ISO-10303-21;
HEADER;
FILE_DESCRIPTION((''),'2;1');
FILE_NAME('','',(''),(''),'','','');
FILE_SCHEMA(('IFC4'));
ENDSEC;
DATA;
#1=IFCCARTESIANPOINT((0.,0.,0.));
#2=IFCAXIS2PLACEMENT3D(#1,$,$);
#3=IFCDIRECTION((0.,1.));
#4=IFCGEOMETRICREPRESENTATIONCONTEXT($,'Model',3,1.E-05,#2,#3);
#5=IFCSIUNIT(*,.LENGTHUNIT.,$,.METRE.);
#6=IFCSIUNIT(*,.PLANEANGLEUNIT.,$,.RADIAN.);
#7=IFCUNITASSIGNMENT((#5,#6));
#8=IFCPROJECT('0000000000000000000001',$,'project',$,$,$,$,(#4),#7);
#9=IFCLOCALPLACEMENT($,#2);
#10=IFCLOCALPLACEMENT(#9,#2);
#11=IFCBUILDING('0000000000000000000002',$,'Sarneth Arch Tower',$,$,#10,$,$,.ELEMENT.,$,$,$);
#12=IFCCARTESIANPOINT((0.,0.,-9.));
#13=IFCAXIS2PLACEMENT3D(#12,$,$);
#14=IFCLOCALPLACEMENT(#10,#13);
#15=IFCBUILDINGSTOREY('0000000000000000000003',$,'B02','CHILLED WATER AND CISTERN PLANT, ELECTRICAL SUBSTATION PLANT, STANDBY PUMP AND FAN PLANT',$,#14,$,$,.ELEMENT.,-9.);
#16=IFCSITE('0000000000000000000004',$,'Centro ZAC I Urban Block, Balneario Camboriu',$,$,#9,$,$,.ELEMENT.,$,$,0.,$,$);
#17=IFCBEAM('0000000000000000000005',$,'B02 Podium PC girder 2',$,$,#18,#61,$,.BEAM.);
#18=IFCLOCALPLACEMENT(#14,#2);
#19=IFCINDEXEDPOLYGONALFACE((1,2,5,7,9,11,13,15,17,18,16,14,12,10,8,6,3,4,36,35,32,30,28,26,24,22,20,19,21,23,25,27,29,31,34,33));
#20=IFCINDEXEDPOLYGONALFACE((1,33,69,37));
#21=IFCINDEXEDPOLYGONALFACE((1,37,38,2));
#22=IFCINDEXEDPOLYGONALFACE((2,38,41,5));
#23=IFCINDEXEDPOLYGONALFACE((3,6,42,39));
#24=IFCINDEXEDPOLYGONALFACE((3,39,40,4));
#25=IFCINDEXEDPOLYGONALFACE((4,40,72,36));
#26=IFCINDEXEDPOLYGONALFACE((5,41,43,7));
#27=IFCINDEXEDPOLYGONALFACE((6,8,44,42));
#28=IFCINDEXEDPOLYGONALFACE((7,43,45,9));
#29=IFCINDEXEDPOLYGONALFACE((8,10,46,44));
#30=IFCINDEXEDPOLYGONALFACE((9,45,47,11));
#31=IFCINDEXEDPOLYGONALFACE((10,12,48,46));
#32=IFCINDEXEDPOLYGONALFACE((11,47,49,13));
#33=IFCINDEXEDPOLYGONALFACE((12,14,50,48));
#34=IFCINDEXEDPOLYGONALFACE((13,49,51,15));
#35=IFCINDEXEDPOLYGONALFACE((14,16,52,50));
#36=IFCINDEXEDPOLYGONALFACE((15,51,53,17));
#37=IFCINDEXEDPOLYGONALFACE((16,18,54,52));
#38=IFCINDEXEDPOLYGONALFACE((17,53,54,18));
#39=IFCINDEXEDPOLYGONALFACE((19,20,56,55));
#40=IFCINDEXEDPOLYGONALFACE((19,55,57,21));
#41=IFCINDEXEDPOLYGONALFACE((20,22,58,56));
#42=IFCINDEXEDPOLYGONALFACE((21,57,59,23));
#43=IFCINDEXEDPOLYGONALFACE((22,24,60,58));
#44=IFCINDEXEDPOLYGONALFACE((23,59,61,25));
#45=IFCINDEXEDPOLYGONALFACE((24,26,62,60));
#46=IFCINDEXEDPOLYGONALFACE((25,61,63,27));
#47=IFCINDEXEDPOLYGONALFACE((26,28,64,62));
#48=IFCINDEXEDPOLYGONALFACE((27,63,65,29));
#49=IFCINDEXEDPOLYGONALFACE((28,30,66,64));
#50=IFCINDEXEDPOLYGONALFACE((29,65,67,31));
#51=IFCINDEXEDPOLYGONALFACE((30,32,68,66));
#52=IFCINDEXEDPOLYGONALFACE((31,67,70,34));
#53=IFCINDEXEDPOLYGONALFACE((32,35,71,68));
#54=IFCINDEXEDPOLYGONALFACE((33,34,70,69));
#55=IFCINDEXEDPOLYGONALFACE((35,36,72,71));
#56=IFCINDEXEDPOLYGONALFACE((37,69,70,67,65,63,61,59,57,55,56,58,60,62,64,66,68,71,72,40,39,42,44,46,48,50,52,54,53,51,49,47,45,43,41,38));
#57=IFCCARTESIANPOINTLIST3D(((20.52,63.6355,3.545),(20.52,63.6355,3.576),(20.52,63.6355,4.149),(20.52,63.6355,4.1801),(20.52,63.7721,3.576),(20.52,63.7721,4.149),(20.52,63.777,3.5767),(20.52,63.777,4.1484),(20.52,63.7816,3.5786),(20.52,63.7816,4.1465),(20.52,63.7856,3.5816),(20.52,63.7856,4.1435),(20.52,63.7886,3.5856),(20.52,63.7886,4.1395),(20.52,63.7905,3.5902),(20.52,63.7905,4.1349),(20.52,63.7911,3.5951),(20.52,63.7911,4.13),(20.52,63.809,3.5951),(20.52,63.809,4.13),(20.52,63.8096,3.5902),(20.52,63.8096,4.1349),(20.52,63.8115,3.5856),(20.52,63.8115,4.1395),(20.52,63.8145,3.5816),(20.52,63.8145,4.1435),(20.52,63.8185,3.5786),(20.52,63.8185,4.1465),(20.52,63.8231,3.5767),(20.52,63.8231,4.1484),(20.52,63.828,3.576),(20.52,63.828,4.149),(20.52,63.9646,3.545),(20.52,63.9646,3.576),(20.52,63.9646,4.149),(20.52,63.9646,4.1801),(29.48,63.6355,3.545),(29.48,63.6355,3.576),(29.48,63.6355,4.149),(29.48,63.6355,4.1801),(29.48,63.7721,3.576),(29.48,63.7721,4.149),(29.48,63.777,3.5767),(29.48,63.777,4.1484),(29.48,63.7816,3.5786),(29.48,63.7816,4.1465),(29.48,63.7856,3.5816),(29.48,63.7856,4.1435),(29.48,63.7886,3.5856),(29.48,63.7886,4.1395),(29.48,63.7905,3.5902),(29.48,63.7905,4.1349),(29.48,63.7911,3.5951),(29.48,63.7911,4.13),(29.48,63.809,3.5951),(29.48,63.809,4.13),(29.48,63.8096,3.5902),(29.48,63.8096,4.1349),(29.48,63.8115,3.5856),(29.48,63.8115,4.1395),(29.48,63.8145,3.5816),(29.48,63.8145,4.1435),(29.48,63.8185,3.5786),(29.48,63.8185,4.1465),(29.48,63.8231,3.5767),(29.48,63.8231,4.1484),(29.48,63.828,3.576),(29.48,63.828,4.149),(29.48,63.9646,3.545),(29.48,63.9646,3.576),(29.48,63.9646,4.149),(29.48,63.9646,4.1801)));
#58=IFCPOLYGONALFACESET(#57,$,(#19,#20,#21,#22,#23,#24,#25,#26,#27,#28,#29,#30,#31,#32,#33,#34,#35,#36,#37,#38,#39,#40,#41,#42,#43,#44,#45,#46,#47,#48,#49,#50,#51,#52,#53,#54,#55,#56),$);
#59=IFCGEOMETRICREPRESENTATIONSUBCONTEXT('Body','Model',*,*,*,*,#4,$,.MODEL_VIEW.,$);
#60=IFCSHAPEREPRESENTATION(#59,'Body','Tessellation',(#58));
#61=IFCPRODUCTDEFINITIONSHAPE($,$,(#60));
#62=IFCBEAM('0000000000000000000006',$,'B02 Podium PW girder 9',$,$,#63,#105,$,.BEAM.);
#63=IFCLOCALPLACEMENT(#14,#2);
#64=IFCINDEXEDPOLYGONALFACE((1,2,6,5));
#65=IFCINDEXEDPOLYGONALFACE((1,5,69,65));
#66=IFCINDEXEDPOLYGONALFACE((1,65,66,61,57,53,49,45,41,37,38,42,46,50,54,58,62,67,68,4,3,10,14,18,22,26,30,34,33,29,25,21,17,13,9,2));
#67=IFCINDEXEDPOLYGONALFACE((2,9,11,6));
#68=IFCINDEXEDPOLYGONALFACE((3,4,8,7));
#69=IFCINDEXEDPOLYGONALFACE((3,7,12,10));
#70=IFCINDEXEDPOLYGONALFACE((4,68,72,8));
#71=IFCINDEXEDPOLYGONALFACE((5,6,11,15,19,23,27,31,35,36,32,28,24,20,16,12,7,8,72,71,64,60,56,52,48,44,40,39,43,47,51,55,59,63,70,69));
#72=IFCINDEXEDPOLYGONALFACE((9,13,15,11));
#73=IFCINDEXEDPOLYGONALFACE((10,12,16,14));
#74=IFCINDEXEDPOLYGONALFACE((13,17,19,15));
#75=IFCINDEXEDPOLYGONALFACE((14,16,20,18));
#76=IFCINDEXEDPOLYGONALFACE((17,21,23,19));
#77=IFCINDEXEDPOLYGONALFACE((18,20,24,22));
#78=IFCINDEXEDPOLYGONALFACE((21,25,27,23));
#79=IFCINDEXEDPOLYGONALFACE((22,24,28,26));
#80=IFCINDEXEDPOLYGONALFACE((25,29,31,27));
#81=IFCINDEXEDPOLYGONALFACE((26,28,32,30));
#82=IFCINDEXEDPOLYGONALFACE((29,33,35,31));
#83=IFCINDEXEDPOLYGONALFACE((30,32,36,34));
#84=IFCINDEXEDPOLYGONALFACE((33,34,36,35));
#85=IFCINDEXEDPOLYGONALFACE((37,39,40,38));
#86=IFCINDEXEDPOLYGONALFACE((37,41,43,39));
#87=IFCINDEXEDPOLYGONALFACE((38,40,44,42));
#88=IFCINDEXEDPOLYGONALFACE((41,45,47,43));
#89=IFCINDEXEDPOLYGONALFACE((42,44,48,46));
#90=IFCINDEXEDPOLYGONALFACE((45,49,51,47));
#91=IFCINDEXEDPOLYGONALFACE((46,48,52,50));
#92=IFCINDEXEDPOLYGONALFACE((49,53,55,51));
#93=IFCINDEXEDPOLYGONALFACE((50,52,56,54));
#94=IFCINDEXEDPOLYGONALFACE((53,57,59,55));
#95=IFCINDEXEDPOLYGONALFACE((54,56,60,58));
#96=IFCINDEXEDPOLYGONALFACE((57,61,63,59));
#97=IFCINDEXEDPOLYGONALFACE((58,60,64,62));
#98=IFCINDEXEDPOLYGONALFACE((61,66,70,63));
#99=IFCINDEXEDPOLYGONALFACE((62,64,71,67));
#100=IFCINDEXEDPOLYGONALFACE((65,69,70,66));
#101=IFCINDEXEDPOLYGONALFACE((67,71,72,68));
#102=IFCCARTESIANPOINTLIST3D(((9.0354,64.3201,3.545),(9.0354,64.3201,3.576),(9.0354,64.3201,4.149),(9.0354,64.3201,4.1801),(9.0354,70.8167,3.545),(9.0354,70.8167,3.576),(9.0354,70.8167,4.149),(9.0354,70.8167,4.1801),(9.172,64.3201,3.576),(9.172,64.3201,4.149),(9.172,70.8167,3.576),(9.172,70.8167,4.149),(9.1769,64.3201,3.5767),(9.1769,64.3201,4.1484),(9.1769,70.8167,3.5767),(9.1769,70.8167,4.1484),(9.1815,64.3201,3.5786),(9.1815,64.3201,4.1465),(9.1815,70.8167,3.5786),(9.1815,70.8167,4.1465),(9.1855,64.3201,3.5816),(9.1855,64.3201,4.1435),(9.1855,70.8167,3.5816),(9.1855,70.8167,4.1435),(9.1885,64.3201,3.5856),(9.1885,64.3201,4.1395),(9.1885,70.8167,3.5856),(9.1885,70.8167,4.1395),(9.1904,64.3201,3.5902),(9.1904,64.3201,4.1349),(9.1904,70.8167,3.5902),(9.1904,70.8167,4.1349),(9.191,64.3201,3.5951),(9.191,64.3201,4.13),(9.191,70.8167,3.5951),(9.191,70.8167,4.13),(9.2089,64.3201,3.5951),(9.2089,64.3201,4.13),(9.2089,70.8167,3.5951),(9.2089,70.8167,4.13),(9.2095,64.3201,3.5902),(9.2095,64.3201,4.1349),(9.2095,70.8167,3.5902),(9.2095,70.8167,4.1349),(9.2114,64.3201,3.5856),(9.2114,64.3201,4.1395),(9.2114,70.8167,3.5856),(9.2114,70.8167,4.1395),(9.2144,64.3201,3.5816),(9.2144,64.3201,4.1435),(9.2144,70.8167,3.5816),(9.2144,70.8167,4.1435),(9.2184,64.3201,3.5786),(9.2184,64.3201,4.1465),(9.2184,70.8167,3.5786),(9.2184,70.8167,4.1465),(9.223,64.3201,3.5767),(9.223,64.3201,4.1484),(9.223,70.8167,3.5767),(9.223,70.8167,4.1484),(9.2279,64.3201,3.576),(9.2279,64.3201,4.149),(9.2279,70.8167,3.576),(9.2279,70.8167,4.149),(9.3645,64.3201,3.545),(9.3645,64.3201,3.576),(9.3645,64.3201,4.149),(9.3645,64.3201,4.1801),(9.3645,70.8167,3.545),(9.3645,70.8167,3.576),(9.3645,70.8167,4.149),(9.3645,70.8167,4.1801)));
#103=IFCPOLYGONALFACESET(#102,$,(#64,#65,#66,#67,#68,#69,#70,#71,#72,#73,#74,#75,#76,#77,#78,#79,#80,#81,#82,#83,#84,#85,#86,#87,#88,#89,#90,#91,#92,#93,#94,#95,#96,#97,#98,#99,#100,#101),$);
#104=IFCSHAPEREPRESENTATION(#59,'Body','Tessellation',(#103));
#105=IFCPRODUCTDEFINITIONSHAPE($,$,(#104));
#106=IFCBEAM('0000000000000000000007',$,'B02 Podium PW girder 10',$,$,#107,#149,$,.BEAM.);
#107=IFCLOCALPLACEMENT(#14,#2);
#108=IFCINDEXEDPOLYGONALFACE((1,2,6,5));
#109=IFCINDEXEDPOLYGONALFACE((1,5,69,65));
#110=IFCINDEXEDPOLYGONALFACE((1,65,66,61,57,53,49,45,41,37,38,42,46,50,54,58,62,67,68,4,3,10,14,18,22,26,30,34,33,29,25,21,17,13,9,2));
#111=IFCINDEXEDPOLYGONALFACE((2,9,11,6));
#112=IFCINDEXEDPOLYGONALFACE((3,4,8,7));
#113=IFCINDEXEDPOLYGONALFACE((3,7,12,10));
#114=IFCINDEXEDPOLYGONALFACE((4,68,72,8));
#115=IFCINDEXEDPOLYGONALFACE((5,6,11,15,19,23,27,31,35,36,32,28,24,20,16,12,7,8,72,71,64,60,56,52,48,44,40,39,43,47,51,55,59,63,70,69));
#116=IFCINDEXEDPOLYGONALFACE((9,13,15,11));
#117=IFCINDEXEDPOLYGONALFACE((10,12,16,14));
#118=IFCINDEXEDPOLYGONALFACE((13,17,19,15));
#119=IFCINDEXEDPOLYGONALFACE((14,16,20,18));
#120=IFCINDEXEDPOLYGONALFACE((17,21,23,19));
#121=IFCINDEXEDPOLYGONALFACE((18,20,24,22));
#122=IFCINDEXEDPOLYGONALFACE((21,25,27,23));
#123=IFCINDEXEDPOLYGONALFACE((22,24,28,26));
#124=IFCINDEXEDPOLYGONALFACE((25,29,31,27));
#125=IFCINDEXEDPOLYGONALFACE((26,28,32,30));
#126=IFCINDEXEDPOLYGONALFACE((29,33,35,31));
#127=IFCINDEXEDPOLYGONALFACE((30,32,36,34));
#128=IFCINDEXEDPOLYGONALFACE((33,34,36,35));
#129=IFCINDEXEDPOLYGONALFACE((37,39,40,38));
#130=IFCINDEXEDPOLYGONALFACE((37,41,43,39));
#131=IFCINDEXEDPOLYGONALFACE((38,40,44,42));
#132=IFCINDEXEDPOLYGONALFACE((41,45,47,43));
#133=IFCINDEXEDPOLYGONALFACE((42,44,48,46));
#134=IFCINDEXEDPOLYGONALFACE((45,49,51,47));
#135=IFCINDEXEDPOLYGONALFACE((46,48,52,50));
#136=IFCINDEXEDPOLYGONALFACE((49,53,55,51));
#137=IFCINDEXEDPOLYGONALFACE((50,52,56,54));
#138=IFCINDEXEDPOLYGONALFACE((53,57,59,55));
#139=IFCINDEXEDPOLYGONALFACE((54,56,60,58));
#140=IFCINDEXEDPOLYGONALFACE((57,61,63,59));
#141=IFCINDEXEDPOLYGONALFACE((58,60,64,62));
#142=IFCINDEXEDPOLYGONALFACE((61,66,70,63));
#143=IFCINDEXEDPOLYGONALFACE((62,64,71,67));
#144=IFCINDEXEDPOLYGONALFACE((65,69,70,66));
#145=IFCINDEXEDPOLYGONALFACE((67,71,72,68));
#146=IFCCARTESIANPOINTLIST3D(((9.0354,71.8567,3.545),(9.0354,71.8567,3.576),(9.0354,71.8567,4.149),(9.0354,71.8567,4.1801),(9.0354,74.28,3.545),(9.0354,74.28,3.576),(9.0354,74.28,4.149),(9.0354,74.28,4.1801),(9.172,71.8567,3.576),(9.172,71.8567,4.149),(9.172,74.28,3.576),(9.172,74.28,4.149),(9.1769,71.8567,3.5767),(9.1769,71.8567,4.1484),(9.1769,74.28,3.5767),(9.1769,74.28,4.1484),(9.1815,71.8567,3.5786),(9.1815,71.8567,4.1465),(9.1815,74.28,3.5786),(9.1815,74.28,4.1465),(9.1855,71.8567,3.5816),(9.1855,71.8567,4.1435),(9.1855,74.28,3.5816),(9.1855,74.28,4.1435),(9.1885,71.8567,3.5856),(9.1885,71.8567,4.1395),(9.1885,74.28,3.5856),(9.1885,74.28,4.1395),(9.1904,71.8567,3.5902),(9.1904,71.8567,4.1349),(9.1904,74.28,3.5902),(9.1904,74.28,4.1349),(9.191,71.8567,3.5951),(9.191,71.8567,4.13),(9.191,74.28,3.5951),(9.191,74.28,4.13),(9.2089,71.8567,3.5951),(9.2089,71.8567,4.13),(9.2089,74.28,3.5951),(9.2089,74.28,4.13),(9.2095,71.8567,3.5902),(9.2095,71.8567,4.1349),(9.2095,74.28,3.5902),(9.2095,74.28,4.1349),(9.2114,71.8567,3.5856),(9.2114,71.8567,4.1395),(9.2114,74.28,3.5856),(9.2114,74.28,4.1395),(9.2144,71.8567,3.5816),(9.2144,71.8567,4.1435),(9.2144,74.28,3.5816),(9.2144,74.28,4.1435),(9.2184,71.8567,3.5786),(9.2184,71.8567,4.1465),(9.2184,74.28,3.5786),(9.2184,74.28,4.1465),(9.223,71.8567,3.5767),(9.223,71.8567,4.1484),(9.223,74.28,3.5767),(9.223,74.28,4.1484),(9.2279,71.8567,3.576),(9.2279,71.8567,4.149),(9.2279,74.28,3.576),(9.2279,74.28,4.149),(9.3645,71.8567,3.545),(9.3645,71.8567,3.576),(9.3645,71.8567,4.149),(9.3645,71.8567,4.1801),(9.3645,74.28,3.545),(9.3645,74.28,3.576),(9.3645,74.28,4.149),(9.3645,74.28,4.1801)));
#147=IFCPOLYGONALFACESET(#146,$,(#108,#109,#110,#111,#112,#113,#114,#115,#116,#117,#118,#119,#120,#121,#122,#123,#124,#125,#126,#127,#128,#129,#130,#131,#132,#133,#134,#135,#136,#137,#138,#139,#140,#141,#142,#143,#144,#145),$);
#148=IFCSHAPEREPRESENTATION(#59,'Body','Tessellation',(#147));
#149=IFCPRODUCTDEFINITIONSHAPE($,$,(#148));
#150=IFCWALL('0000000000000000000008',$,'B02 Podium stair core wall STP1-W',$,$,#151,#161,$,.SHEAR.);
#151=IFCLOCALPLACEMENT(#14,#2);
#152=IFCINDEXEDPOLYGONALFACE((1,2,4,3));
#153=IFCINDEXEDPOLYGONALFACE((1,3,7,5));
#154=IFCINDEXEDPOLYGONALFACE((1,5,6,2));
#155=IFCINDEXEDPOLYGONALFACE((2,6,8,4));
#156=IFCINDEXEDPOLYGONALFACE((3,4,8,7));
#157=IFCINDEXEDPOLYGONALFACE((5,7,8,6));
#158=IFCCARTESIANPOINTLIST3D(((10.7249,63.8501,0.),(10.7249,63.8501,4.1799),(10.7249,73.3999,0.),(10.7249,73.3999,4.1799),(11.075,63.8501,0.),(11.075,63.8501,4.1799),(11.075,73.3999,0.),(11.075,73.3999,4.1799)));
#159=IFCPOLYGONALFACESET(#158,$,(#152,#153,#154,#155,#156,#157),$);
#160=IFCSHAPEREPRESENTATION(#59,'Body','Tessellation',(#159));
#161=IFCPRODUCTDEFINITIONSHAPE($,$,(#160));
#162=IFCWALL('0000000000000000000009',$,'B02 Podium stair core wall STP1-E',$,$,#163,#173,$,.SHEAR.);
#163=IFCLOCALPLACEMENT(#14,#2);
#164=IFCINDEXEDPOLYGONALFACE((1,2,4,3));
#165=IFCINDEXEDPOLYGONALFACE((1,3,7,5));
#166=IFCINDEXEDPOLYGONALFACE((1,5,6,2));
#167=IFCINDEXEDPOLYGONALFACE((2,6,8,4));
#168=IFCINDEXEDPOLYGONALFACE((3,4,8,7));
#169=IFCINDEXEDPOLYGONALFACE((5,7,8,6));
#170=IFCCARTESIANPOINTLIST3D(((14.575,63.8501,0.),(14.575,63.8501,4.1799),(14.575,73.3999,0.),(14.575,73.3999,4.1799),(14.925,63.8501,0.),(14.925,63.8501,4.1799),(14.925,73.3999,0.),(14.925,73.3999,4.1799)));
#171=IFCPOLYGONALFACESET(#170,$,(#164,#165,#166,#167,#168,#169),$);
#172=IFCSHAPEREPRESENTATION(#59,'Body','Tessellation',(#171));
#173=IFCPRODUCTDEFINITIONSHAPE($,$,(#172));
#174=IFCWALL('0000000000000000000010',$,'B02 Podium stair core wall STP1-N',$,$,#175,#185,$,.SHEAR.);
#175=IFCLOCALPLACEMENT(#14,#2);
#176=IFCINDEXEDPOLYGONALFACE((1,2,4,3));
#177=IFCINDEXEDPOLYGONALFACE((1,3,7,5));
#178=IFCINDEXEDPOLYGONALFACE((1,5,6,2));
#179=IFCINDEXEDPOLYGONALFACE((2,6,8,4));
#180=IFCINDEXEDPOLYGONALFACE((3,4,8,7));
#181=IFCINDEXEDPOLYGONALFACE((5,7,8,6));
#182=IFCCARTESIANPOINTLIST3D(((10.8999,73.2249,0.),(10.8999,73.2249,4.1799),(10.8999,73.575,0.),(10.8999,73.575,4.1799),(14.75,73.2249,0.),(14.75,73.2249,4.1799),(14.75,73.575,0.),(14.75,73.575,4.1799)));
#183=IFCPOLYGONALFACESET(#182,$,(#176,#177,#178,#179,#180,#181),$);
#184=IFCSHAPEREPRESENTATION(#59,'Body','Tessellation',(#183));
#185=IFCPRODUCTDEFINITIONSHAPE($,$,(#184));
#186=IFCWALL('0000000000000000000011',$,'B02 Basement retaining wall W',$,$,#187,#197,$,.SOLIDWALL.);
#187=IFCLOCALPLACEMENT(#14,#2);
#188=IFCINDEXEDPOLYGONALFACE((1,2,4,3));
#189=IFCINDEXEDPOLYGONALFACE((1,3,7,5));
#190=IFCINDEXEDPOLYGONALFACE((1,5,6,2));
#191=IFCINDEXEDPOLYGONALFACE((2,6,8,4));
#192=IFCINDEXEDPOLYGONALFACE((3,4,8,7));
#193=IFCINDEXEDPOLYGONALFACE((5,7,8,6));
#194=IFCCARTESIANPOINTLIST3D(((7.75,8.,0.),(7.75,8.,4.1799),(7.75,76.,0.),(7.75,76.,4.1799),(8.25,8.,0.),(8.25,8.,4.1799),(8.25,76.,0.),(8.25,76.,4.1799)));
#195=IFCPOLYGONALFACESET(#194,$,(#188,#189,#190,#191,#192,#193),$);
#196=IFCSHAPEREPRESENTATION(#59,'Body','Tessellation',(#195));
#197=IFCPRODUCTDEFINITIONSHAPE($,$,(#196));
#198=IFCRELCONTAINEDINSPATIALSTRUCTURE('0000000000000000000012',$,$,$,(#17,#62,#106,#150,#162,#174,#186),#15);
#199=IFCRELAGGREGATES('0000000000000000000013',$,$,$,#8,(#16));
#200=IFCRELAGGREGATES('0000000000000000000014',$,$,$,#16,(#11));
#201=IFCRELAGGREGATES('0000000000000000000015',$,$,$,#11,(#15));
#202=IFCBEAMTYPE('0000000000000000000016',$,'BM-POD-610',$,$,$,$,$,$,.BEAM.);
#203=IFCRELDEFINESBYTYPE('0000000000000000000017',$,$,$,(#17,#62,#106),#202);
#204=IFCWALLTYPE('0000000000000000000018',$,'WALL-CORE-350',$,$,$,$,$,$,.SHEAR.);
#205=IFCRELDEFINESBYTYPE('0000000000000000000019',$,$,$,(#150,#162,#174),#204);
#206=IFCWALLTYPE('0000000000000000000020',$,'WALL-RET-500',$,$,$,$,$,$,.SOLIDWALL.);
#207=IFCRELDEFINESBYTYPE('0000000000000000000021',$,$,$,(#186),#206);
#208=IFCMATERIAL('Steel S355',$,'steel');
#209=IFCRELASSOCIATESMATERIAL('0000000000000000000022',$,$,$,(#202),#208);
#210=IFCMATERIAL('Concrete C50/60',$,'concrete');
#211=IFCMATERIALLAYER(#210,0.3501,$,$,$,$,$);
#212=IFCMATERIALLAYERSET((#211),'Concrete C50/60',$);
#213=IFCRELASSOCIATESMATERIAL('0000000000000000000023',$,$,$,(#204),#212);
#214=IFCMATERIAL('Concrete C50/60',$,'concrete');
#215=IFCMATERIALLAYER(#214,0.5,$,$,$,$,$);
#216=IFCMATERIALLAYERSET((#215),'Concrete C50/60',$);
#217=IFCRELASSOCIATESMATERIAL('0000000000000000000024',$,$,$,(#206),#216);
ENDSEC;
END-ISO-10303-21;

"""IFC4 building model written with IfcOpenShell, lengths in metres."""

from ifc_helpers import new_model, si_unit, direction, frame, frame_2d, origin, origin_2d, place, context, subcontext, project, spatial, rectangle, i_section, extrude, material, layer, layer_set, material_profile, profile_set, type_object, element, save


model = new_model("IFC4")

# Units and contexts
model_context = context("Model", 3, precision=1e-05, world=origin(), true_north=direction((0.0, 1.0)))
body_context = subcontext(model_context, "Body", "Model", "MODEL_VIEW")
ifc_project = project(units=[si_unit("LENGTHUNIT", "METRE"), si_unit("PLANEANGLEUNIT", "RADIAN")], contexts=[model_context])

# Site, building, storey
site_placement = place(None, origin())
site = spatial("IfcSite", under=ifc_project, at=site_placement, Name="Centro ZAC I Urban Block, Balneario Camboriu", CompositionType="ELEMENT", RefElevation=0.0)
building_placement = place(site_placement, origin())
building = spatial("IfcBuilding", under=site, at=building_placement, Name="Sarneth Arch Tower", CompositionType="ELEMENT")
storey_placement = place(building_placement, frame((0.0, 0.0, -9.0)))
storey = spatial("IfcBuildingStorey", under=building, at=storey_placement, Name="B02", Description="CHILLED WATER AND CISTERN PLANT, ELECTRICAL SUBSTATION PLANT, STANDBY PUMP AND FAN PLANT", CompositionType="ELEMENT", Elevation=-9.0)

# Beams
ifc_material_1 = material(Name="Steel S355", Category="steel")
ifc_material_profile_1 = material_profile(ifc_material_1, i_section(OverallWidth=0.3291, OverallDepth=0.635, WebThickness=0.0178, FlangeThickness=0.031, FilletRadius=0.019, at=origin_2d()), Name="W610x241")
ifc_profile_set_1 = profile_set([ifc_material_profile_1], Name="Steel S355")
beam_type = type_object("IfcBeamType", Name="BM-POD-610", PredefinedType="BEAM", material=ifc_profile_set_1)
beam_1_placement = place(storey_placement, frame((20.52, 63.8, 3.8625), z_axis=(1.0, 0.0, 0.0), x_axis=(0.0, 1.0, 0.0)))
element("IfcBeam", 1, at=beam_1_placement, inside=storey, type_object=beam_type, Name="B02 Podium PC girder 2", PredefinedType="BEAM", context=body_context, shape_type="SweptSolid", body=[
    extrude(i_section(OverallWidth=0.3291, OverallDepth=0.635, WebThickness=0.0178, FlangeThickness=0.031, FilletRadius=0.019, at=origin_2d()), origin(), (0.0, 0.0, 1.0), 8.96),
])
beam_2_placement = place(storey_placement, frame((9.2, 64.3201, 3.8625), z_axis=(0.0, 1.0, 0.0), x_axis=(-1.0, 0.0, 0.0)))
element("IfcBeam", 2, at=beam_2_placement, inside=storey, type_object=beam_type, Name="B02 Podium PW girder 9", PredefinedType="BEAM", context=body_context, shape_type="SweptSolid", body=[
    extrude(i_section(OverallWidth=0.3291, OverallDepth=0.635, WebThickness=0.0178, FlangeThickness=0.031, FilletRadius=0.019, at=origin_2d()), origin(), (0.0, 0.0, 1.0), 6.4966),
])
beam_3_placement = place(storey_placement, frame((9.2, 71.8567, 3.8625), z_axis=(0.0, 1.0, 0.0), x_axis=(-1.0, 0.0, 0.0)))
element("IfcBeam", 3, at=beam_3_placement, inside=storey, type_object=beam_type, Name="B02 Podium PW girder 10", PredefinedType="BEAM", context=body_context, shape_type="SweptSolid", body=[
    extrude(i_section(OverallWidth=0.3291, OverallDepth=0.635, WebThickness=0.0178, FlangeThickness=0.031, FilletRadius=0.019, at=origin_2d()), origin(), (0.0, 0.0, 1.0), 2.4233),
])

# Walls
ifc_material_2 = material(Name="Concrete C50/60", Category="concrete")
ifc_layer_1 = layer(ifc_material_2, 0.3501)
ifc_layer_set_1 = layer_set([ifc_layer_1], Name="Concrete C50/60")
wall_type_1 = type_object("IfcWallType", Name="WALL-CORE-350", PredefinedType="SHEAR", material=ifc_layer_set_1)
for number, where, z_axis, x_axis, name in (
    (4, (10.8999, 63.8501, 0.0), (0.0, 0.0, 1.0), (0.0, 1.0, 0.0), "B02 Podium stair core wall STP1-W"),
    (5, (14.75, 63.8501, 0.0), (0.0, 0.0, 1.0), (0.0, 1.0, 0.0), "B02 Podium stair core wall STP1-E"),
):
    element("IfcWall", number, at=place(storey_placement, frame(where, z_axis=z_axis, x_axis=x_axis)), inside=storey, type_object=wall_type_1, Name=name, PredefinedType="SHEAR", context=body_context, shape_type="SweptSolid", body=[
        extrude(rectangle(XDim=9.5498, YDim=0.3501, at=frame_2d((4.7749, 0.0))), origin(), (0.0, 0.0, 1.0), 4.1799),
    ])
wall_1_placement = place(storey_placement, frame((10.8999, 73.3999, 0.0), z_axis=(0.0, 0.0, 1.0), x_axis=(1.0, 0.0, 0.0)))
element("IfcWall", 6, at=wall_1_placement, inside=storey, type_object=wall_type_1, Name="B02 Podium stair core wall STP1-N", PredefinedType="SHEAR", context=body_context, shape_type="SweptSolid", body=[
    extrude(rectangle(XDim=3.8501, YDim=0.3501, at=frame_2d((1.925, 0.0))), origin(), (0.0, 0.0, 1.0), 4.1799),
])
ifc_material_3 = material(Name="Concrete C50/60", Category="concrete")
ifc_layer_2 = layer(ifc_material_3, 0.5)
ifc_layer_set_2 = layer_set([ifc_layer_2], Name="Concrete C50/60")
wall_type_2 = type_object("IfcWallType", Name="WALL-RET-500", PredefinedType="SOLIDWALL", material=ifc_layer_set_2)
wall_2_placement = place(storey_placement, frame((8.0, 76.0, 0.0), z_axis=(0.0, 0.0, 1.0), x_axis=(0.0, -1.0, 0.0)))
element("IfcWall", 7, at=wall_2_placement, inside=storey, type_object=wall_type_2, Name="B02 Basement retaining wall W", PredefinedType="SOLIDWALL", context=body_context, shape_type="SweptSolid", body=[
    extrude(rectangle(XDim=68.0, YDim=0.5, at=frame_2d((34.0, 0.0))), origin(), (0.0, 0.0, 1.0), 4.1799),
])

save(model, "model.ifc")
